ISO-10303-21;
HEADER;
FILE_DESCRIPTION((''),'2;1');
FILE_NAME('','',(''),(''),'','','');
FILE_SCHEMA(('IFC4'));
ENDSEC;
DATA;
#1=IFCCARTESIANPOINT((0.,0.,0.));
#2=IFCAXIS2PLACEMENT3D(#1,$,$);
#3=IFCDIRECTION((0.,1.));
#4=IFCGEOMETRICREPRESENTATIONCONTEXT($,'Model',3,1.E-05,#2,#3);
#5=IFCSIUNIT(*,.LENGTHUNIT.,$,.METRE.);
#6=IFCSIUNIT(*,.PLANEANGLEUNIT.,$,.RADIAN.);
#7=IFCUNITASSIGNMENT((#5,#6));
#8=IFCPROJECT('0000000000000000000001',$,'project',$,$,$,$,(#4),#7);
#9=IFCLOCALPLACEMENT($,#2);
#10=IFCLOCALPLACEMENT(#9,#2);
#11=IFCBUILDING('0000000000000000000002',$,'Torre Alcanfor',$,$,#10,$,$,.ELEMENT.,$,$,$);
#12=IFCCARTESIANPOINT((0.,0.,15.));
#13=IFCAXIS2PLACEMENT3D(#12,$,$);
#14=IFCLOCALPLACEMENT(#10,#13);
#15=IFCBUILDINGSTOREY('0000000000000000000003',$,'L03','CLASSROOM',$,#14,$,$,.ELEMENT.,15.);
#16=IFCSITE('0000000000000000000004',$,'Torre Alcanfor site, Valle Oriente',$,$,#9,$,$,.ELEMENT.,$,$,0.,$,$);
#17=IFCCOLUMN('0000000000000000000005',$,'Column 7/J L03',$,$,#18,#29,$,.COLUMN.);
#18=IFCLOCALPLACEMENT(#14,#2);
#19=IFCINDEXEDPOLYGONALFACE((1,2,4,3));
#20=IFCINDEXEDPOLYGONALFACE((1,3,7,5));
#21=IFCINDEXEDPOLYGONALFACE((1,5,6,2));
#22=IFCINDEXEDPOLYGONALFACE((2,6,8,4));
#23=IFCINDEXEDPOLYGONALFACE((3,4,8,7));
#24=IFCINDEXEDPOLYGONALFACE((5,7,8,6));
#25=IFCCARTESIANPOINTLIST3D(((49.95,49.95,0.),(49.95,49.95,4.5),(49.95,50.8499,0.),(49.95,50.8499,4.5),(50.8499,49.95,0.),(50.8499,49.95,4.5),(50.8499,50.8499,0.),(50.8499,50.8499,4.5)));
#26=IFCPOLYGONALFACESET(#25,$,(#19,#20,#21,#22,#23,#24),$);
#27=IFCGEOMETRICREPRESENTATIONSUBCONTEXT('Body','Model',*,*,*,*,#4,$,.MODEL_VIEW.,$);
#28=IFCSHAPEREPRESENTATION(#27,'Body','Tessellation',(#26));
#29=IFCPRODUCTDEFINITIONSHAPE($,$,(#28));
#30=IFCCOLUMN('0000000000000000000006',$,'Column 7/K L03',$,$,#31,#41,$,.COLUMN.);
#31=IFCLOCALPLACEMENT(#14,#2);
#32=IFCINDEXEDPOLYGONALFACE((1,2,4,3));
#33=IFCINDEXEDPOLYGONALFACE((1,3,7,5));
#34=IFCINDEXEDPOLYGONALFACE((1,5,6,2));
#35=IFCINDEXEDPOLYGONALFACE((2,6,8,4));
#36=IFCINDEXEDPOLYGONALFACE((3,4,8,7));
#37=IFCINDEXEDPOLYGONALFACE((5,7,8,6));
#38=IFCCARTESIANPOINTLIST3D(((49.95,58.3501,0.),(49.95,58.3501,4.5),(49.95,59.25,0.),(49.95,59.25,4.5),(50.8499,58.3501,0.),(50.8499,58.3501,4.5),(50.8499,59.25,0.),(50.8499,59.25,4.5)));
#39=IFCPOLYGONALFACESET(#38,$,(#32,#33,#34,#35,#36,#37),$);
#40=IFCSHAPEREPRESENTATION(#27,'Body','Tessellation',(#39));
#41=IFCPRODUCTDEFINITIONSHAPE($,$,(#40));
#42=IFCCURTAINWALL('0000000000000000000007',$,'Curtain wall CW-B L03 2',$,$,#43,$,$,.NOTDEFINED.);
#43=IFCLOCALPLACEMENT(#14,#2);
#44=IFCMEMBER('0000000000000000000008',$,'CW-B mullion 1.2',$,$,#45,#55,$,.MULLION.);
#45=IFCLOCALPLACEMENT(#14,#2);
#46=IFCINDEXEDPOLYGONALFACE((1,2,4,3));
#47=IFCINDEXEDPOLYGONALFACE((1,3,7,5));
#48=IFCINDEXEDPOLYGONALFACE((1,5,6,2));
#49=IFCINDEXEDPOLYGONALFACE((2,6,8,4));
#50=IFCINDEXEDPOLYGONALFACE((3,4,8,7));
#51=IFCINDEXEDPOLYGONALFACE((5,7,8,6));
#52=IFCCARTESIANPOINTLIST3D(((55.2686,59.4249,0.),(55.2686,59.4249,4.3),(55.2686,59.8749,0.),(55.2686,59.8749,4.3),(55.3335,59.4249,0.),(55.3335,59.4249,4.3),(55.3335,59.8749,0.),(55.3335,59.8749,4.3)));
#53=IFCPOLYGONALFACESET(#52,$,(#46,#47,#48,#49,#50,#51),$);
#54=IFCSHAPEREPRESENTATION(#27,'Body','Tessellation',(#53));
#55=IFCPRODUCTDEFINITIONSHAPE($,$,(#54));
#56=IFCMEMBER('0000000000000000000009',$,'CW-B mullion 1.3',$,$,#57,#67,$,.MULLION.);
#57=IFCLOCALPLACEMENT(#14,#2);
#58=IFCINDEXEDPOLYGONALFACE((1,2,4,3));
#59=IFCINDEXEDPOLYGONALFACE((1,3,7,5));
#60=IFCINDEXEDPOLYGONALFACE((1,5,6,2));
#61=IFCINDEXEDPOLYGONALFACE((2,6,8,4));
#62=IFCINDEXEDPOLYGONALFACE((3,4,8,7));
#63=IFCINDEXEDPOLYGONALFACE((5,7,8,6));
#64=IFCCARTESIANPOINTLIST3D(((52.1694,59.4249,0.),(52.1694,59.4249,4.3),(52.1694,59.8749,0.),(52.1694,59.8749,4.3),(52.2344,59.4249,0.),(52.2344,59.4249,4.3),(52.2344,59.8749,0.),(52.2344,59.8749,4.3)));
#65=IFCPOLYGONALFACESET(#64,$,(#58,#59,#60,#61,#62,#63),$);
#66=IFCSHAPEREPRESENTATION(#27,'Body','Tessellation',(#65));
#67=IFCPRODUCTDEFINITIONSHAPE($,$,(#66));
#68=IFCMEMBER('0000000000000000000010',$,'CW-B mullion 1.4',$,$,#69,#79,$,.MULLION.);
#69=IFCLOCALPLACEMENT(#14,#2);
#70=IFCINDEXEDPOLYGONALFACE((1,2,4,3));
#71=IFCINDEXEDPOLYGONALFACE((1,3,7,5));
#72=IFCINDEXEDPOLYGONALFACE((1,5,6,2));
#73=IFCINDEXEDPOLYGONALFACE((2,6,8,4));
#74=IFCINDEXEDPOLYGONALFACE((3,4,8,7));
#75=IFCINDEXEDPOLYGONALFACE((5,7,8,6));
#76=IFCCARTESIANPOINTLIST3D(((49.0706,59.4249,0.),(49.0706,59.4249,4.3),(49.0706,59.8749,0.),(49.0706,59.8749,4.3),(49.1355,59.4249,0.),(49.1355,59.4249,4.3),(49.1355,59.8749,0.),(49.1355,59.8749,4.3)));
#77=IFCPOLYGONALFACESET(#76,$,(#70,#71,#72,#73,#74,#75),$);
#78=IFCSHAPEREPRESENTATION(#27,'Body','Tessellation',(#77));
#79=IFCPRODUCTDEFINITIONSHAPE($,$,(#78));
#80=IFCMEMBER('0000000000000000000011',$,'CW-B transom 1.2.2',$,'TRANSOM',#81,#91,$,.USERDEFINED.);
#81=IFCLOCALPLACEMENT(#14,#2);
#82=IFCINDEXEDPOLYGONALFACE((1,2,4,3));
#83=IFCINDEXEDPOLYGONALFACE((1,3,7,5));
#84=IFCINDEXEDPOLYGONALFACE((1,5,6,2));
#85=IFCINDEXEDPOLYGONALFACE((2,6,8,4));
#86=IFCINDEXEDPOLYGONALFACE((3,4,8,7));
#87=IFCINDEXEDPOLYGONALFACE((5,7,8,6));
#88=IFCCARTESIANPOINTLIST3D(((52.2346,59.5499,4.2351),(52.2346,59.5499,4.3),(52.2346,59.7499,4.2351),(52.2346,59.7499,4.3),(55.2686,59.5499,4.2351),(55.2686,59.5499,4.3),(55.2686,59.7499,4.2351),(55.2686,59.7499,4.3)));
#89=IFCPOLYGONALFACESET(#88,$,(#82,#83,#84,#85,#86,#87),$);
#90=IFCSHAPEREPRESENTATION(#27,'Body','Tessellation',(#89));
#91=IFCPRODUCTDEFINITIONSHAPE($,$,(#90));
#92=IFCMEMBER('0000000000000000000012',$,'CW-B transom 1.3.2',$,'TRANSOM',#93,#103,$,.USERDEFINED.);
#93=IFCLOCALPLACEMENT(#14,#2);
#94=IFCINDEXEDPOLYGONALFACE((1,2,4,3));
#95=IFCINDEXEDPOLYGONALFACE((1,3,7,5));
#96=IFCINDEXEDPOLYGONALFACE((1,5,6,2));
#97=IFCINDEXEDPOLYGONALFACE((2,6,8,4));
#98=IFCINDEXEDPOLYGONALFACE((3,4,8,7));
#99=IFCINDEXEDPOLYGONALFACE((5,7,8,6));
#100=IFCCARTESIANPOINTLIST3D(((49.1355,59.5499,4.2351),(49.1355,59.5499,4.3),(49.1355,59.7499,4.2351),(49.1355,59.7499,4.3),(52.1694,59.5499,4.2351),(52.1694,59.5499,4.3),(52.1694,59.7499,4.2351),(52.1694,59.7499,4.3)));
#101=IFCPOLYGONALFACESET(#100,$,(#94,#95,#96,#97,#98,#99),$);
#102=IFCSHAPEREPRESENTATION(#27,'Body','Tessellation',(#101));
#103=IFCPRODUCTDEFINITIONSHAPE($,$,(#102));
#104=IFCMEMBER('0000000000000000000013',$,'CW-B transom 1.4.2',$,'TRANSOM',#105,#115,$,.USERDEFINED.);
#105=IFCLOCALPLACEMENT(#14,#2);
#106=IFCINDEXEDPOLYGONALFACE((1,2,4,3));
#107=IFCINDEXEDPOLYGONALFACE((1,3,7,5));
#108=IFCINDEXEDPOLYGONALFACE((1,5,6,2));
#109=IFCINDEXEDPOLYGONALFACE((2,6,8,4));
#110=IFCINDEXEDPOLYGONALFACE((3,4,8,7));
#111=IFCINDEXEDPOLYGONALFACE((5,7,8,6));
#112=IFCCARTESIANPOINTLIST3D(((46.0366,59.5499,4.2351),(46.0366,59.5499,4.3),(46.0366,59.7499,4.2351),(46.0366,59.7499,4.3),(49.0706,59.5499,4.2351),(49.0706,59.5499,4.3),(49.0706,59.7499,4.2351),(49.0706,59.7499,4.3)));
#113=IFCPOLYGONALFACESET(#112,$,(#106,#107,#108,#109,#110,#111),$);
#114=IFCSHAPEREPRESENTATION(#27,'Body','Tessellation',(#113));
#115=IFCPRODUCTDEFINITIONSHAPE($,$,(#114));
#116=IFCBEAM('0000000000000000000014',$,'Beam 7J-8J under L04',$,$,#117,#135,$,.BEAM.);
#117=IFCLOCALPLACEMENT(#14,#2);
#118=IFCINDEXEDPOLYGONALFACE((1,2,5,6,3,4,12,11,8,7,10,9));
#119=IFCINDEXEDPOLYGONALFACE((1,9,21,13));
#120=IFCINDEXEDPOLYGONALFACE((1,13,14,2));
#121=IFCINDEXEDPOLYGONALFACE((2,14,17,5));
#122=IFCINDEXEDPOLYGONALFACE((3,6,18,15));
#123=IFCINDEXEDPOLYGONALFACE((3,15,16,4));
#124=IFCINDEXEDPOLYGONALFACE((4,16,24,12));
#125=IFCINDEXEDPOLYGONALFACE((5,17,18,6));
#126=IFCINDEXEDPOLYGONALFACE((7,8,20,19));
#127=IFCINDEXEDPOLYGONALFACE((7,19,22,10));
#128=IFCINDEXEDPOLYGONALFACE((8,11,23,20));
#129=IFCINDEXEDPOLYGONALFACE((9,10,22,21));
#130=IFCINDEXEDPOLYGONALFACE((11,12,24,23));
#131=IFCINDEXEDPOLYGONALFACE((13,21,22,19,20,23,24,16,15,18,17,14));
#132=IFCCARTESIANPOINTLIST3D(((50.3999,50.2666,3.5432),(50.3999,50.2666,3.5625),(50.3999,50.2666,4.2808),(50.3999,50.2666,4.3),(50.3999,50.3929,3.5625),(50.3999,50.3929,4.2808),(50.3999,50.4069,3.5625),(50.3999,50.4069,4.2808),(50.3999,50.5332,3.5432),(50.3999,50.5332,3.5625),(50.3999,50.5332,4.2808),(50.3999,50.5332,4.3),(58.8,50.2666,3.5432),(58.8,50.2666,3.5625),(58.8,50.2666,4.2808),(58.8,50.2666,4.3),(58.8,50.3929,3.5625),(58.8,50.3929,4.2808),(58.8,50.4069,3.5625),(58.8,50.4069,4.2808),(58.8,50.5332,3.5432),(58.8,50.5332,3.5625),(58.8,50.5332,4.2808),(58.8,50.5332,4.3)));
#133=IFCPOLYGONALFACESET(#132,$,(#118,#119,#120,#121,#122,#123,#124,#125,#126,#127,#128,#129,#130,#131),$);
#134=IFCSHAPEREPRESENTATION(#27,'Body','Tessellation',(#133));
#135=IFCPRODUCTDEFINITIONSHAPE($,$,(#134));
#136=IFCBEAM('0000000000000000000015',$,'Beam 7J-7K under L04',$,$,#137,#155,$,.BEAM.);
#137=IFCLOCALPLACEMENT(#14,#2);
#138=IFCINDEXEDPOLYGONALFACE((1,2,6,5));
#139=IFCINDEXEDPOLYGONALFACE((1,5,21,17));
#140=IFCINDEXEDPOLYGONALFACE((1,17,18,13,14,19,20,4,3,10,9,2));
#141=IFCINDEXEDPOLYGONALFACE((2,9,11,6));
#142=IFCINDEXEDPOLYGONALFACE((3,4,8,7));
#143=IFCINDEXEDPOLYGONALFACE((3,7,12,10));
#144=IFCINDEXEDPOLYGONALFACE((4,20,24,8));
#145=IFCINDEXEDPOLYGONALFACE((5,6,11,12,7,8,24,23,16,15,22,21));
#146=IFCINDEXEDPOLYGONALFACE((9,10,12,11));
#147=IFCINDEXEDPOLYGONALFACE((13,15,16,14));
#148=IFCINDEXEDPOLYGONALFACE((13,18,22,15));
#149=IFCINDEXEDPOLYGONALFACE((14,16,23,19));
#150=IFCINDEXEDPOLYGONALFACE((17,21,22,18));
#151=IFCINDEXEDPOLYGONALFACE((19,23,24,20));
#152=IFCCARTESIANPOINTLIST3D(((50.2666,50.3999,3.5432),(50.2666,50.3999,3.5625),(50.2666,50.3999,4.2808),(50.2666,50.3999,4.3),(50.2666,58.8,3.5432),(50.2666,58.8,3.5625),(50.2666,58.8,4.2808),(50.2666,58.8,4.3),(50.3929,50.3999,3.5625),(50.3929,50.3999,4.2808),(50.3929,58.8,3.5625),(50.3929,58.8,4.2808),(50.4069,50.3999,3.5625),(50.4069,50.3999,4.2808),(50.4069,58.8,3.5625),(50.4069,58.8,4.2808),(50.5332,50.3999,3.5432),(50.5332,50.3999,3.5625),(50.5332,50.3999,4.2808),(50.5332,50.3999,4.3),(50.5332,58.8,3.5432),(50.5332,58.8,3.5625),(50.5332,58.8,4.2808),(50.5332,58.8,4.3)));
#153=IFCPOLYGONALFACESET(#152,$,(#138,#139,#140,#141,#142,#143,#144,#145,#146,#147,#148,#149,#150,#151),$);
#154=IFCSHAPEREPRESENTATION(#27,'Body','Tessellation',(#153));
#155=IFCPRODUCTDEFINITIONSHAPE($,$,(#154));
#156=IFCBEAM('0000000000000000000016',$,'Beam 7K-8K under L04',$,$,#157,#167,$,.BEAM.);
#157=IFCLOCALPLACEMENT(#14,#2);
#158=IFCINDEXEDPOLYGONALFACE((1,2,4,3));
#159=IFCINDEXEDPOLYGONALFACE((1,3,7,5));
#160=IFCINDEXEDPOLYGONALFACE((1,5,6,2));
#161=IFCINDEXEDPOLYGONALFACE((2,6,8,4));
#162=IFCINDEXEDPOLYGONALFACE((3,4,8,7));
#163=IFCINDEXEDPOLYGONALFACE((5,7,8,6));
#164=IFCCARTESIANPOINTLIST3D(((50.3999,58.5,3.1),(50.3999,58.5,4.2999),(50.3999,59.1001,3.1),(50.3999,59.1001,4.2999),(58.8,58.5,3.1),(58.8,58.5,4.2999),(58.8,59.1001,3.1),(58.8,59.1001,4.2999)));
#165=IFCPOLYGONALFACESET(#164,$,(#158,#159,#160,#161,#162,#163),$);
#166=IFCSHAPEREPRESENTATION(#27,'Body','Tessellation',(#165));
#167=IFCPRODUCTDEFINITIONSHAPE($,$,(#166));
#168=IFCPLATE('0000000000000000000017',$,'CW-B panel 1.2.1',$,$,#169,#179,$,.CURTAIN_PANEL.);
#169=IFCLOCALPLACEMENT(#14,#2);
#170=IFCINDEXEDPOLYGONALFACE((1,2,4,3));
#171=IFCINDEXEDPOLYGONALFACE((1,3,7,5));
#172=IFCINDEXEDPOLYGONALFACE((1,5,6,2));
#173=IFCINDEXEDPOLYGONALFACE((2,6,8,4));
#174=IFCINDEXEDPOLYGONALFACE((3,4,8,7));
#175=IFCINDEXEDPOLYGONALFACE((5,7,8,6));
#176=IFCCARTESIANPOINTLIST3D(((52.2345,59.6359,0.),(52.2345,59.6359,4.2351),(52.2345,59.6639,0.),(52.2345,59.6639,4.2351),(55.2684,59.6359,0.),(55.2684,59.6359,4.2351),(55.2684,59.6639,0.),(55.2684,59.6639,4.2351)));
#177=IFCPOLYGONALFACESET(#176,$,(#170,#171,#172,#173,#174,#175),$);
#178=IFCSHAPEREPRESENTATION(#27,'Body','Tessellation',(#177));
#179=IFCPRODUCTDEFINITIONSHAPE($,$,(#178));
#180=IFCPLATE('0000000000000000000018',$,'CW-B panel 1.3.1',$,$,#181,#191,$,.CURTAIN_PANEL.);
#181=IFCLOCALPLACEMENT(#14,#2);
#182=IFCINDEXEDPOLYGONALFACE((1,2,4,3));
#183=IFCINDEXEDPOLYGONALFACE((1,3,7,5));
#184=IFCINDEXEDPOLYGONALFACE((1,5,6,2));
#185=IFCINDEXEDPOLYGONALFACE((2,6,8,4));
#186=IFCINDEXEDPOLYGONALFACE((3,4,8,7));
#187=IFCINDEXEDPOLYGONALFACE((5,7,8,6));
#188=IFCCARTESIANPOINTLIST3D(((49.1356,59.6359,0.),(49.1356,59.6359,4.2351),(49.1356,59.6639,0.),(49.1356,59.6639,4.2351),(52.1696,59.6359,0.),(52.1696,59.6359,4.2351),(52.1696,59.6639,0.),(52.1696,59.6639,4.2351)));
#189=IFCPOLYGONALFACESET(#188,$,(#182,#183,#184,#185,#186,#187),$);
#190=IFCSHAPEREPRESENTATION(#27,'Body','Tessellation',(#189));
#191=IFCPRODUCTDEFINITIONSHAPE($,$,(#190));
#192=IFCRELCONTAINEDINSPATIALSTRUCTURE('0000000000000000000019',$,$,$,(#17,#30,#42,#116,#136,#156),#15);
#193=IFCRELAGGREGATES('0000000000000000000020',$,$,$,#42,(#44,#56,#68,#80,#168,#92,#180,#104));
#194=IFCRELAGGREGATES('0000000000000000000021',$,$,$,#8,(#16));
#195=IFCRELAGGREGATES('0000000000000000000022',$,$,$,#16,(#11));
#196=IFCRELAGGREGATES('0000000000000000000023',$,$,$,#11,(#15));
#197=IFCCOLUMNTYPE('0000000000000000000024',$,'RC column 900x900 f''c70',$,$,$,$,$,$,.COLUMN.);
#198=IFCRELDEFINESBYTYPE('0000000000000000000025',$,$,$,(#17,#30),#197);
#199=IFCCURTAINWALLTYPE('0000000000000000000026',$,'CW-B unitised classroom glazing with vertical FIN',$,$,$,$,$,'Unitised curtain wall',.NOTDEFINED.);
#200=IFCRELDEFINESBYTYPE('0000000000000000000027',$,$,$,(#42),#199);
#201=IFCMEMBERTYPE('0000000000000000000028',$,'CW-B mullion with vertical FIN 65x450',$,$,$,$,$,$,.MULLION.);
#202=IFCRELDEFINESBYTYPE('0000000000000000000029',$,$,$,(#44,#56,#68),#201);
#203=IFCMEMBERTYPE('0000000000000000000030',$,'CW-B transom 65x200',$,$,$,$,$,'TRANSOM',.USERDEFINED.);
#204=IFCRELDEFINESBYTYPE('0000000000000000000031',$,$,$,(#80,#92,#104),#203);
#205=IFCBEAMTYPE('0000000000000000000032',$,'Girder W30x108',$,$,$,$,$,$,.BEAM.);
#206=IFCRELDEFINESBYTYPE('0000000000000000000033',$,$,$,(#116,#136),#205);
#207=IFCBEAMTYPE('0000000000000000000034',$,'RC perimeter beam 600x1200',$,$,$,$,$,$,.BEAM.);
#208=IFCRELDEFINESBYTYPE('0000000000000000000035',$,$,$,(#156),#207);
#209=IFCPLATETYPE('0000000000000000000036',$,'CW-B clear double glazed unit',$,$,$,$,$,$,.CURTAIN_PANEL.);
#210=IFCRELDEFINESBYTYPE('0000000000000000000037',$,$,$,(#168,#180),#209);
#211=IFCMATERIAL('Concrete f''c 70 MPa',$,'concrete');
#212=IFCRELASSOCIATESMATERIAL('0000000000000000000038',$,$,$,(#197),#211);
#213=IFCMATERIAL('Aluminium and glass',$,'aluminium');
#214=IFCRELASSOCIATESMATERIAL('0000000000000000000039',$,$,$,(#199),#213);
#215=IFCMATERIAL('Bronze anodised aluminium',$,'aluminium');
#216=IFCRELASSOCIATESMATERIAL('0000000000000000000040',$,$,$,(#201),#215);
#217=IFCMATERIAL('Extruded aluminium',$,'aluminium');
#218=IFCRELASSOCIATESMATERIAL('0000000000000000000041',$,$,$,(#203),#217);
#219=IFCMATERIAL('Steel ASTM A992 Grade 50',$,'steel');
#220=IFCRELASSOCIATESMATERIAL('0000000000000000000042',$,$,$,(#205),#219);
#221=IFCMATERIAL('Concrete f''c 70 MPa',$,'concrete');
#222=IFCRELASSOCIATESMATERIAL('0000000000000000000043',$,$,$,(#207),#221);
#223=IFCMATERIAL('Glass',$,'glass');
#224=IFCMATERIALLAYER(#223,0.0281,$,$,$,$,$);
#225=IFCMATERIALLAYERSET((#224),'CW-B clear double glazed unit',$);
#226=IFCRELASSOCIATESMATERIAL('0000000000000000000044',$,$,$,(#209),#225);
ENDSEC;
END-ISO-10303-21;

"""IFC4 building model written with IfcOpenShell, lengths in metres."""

from ifc_helpers import new_model, si_unit, direction, frame, origin, origin_2d, place, context, subcontext, project, spatial, rectangle, i_section, extrude, material, layer, layer_set, material_profile, profile_set, type_object, element, aggregate, save


model = new_model("IFC4")

# Units and contexts
model_context = context("Model", 3, precision=1e-05, world=origin(), true_north=direction((0.0, 1.0)))
body_context = subcontext(model_context, "Body", "Model", "MODEL_VIEW")
ifc_project = project(units=[si_unit("LENGTHUNIT", "METRE"), si_unit("PLANEANGLEUNIT", "RADIAN")], contexts=[model_context])

# Site, building, storey
site_placement = place(None, origin())
site = spatial("IfcSite", under=ifc_project, at=site_placement, Name="Torre Alcanfor site, Valle Oriente", CompositionType="ELEMENT", RefElevation=0.0)
building_placement = place(site_placement, origin())
building = spatial("IfcBuilding", under=site, at=building_placement, Name="Torre Alcanfor", CompositionType="ELEMENT")
storey_placement = place(building_placement, frame((0.0, 0.0, 15.0)))
storey = spatial("IfcBuildingStorey", under=building, at=storey_placement, Name="L03", Description="CLASSROOM", CompositionType="ELEMENT", Elevation=15.0)

# Columns
ifc_material_1 = material(Name="Concrete f'c 70 MPa", Category="concrete")
ifc_material_profile_1 = material_profile(ifc_material_1, rectangle(XDim=0.8999, YDim=0.8999, at=origin_2d()), Name="900x900")
ifc_profile_set_1 = profile_set([ifc_material_profile_1], Name="Concrete f'c 70 MPa")
column_type = type_object("IfcColumnType", Name="RC column 900x900 f'c70", PredefinedType="COLUMN", material=ifc_profile_set_1)
for number, where, z_axis, x_axis, name in (
    (1, (50.3999, 50.3999, 0.0), (0.0, 0.0, 1.0), (1.0, 0.0, 0.0), "Column 7/J L03"),
    (2, (50.3999, 58.8, 0.0), (0.0, 0.0, 1.0), (1.0, 0.0, 0.0), "Column 7/K L03"),
):
    element("IfcColumn", number, at=place(storey_placement, frame(where, z_axis=z_axis, x_axis=x_axis)), inside=storey, type_object=column_type, Name=name, PredefinedType="COLUMN", context=body_context, shape_type="SweptSolid", body=[
        extrude(rectangle(XDim=0.8999, YDim=0.8999, at=origin_2d()), origin(), (0.0, 0.0, 1.0), 4.5),
    ])

# Curtain wall, members
ifc_material_2 = material(Name="Aluminium and glass", Category="aluminium")
curtain_wall_type = type_object("IfcCurtainWallType", Name="CW-B unitised classroom glazing with vertical FIN", ElementType="Unitised curtain wall", PredefinedType="NOTDEFINED", material=ifc_material_2)
curtain_wall_placement = place(storey_placement, origin())
curtain_wall = element("IfcCurtainWall", 3, at=curtain_wall_placement, inside=storey, type_object=curtain_wall_type, Name="Curtain wall CW-B L03 2", PredefinedType="NOTDEFINED")
ifc_material_3 = material(Name="Bronze anodised aluminium", Category="aluminium")
ifc_material_profile_2 = material_profile(ifc_material_3, rectangle(XDim=0.45, YDim=0.0649, at=origin_2d()), Name="CW-B mullion 65x450")
ifc_profile_set_2 = profile_set([ifc_material_profile_2], Name="Bronze anodised aluminium")
member_type_1 = type_object("IfcMemberType", Name="CW-B mullion with vertical FIN 65x450", PredefinedType="MULLION", material=ifc_profile_set_2)
member_1_placement = place(storey_placement, frame((55.301, 59.6499, 0.0), z_axis=(0.0, 0.0, 1.0), x_axis=(0.0, -1.0, 0.0)))
member_1 = element("IfcMember", 4, at=member_1_placement, type_object=member_type_1, Name="CW-B mullion 1.2", PredefinedType="MULLION", context=body_context, shape_type="SweptSolid", body=[
    extrude(rectangle(XDim=0.45, YDim=0.0649, at=origin_2d()), origin(), (0.0, 0.0, 1.0), 4.3),
])
member_2_placement = place(storey_placement, frame((52.2019, 59.6499, 0.0), z_axis=(0.0, 0.0, 1.0), x_axis=(0.0, -1.0, 0.0)))
member_2 = element("IfcMember", 5, at=member_2_placement, type_object=member_type_1, Name="CW-B mullion 1.3", PredefinedType="MULLION", context=body_context, shape_type="SweptSolid", body=[
    extrude(rectangle(XDim=0.45, YDim=0.0649, at=origin_2d()), origin(), (0.0, 0.0, 1.0), 4.3),
])
member_3_placement = place(storey_placement, frame((49.103, 59.6499, 0.0), z_axis=(0.0, 0.0, 1.0), x_axis=(0.0, -1.0, 0.0)))
member_3 = element("IfcMember", 6, at=member_3_placement, type_object=member_type_1, Name="CW-B mullion 1.4", PredefinedType="MULLION", context=body_context, shape_type="SweptSolid", body=[
    extrude(rectangle(XDim=0.45, YDim=0.0649, at=origin_2d()), origin(), (0.0, 0.0, 1.0), 4.3),
])
ifc_material_4 = material(Name="Extruded aluminium", Category="aluminium")
ifc_material_profile_3 = material_profile(ifc_material_4, rectangle(XDim=0.2, YDim=0.0649, at=origin_2d()), Name="CW-B transom 200x65")
ifc_profile_set_3 = profile_set([ifc_material_profile_3], Name="Extruded aluminium")
member_type_2 = type_object("IfcMemberType", Name="CW-B transom 65x200", ElementType="TRANSOM", PredefinedType="USERDEFINED", material=ifc_profile_set_3)
member_4_placement = place(storey_placement, frame((55.2686, 59.6499, 4.2676), z_axis=(-1.0, 0.0, 0.0), x_axis=(0.0, -1.0, 0.0)))
member_4 = element("IfcMember", 7, at=member_4_placement, type_object=member_type_2, Name="CW-B transom 1.2.2", ObjectType="TRANSOM", PredefinedType="USERDEFINED", context=body_context, shape_type="SweptSolid", body=[
    extrude(rectangle(XDim=0.2, YDim=0.0649, at=origin_2d()), origin(), (0.0, 0.0, 1.0), 3.0339),
])
member_5_placement = place(storey_placement, frame((52.1694, 59.6499, 4.2676), z_axis=(-1.0, 0.0, 0.0), x_axis=(0.0, -1.0, 0.0)))
member_5 = element("IfcMember", 8, at=member_5_placement, type_object=member_type_2, Name="CW-B transom 1.3.2", ObjectType="TRANSOM", PredefinedType="USERDEFINED", context=body_context, shape_type="SweptSolid", body=[
    extrude(rectangle(XDim=0.2, YDim=0.0649, at=origin_2d()), origin(), (0.0, 0.0, 1.0), 3.0339),
])
member_6_placement = place(storey_placement, frame((49.0706, 59.6499, 4.2676), z_axis=(-1.0, 0.0, 0.0), x_axis=(0.0, -1.0, 0.0)))
member_6 = element("IfcMember", 9, at=member_6_placement, type_object=member_type_2, Name="CW-B transom 1.4.2", ObjectType="TRANSOM", PredefinedType="USERDEFINED", context=body_context, shape_type="SweptSolid", body=[
    extrude(rectangle(XDim=0.2, YDim=0.0649, at=origin_2d()), origin(), (0.0, 0.0, 1.0), 3.0339),
])

# Beams
ifc_material_5 = material(Name="Steel ASTM A992 Grade 50", Category="steel")
ifc_material_profile_4 = material_profile(ifc_material_5, i_section(OverallWidth=0.2666, OverallDepth=0.7568, WebThickness=0.0139, FlangeThickness=0.0193, at=origin_2d()), Name="W30x108")
ifc_profile_set_4 = profile_set([ifc_material_profile_4], Name="Steel ASTM A992 Grade 50")
beam_type_1 = type_object("IfcBeamType", Name="Girder W30x108", PredefinedType="BEAM", material=ifc_profile_set_4)
for number, where, z_axis, x_axis, name in (
    (10, (50.3999, 50.3999, 3.9216), (1.0, 0.0, 0.0), (0.0, 1.0, 0.0), "Beam 7J-8J under L04"),
    (11, (50.3999, 50.3999, 3.9216), (0.0, 1.0, 0.0), (-1.0, 0.0, 0.0), "Beam 7J-7K under L04"),
):
    element("IfcBeam", number, at=place(storey_placement, frame(where, z_axis=z_axis, x_axis=x_axis)), inside=storey, type_object=beam_type_1, Name=name, PredefinedType="BEAM", context=body_context, shape_type="SweptSolid", body=[
        extrude(i_section(OverallWidth=0.2666, OverallDepth=0.7568, WebThickness=0.0139, FlangeThickness=0.0193, at=origin_2d()), origin(), (0.0, 0.0, 1.0), 8.4001),
    ])
ifc_material_6 = material(Name="Concrete f'c 70 MPa", Category="concrete")
ifc_material_profile_5 = material_profile(ifc_material_6, rectangle(XDim=0.6001, YDim=1.2, at=origin_2d()), Name="600x1200")
ifc_profile_set_5 = profile_set([ifc_material_profile_5], Name="Concrete f'c 70 MPa")
beam_type_2 = type_object("IfcBeamType", Name="RC perimeter beam 600x1200", PredefinedType="BEAM", material=ifc_profile_set_5)
beam_placement = place(storey_placement, frame((50.3999, 58.8, 3.7), z_axis=(1.0, 0.0, 0.0), x_axis=(0.0, 1.0, 0.0)))
element("IfcBeam", 12, at=beam_placement, inside=storey, type_object=beam_type_2, Name="Beam 7K-8K under L04", PredefinedType="BEAM", context=body_context, shape_type="SweptSolid", body=[
    extrude(rectangle(XDim=0.6001, YDim=1.2, at=origin_2d()), origin(), (0.0, 0.0, 1.0), 8.4001),
])

# Plates
ifc_material_7 = material(Name="Glass", Category="glass")
ifc_layer_1 = layer(ifc_material_7, 0.0281)
ifc_layer_set_1 = layer_set([ifc_layer_1], Name="CW-B clear double glazed unit")
plate_type = type_object("IfcPlateType", Name="CW-B clear double glazed unit", PredefinedType="CURTAIN_PANEL", material=ifc_layer_set_1)
plate_1_placement = place(storey_placement, frame((53.7515, 59.6499, 0.0), z_axis=(0.0, 0.0, 1.0), x_axis=(-1.0, 0.0, 0.0)))
plate_1 = element("IfcPlate", 13, at=plate_1_placement, type_object=plate_type, Name="CW-B panel 1.2.1", PredefinedType="CURTAIN_PANEL", context=body_context, shape_type="SweptSolid", body=[
    extrude(rectangle(XDim=3.0339, YDim=0.0281, at=origin_2d()), origin(), (0.0, 0.0, 1.0), 4.2351),
])
plate_2_placement = place(storey_placement, frame((50.6526, 59.6499, 0.0), z_axis=(0.0, 0.0, 1.0), x_axis=(-1.0, 0.0, 0.0)))
plate_2 = element("IfcPlate", 14, at=plate_2_placement, type_object=plate_type, Name="CW-B panel 1.3.1", PredefinedType="CURTAIN_PANEL", context=body_context, shape_type="SweptSolid", body=[
    extrude(rectangle(XDim=3.0339, YDim=0.0281, at=origin_2d()), origin(), (0.0, 0.0, 1.0), 4.2351),
])
aggregate(curtain_wall, [member_1, member_2, member_3, member_4, plate_1, member_5, plate_2, member_6])

save(model, "model.ifc")
